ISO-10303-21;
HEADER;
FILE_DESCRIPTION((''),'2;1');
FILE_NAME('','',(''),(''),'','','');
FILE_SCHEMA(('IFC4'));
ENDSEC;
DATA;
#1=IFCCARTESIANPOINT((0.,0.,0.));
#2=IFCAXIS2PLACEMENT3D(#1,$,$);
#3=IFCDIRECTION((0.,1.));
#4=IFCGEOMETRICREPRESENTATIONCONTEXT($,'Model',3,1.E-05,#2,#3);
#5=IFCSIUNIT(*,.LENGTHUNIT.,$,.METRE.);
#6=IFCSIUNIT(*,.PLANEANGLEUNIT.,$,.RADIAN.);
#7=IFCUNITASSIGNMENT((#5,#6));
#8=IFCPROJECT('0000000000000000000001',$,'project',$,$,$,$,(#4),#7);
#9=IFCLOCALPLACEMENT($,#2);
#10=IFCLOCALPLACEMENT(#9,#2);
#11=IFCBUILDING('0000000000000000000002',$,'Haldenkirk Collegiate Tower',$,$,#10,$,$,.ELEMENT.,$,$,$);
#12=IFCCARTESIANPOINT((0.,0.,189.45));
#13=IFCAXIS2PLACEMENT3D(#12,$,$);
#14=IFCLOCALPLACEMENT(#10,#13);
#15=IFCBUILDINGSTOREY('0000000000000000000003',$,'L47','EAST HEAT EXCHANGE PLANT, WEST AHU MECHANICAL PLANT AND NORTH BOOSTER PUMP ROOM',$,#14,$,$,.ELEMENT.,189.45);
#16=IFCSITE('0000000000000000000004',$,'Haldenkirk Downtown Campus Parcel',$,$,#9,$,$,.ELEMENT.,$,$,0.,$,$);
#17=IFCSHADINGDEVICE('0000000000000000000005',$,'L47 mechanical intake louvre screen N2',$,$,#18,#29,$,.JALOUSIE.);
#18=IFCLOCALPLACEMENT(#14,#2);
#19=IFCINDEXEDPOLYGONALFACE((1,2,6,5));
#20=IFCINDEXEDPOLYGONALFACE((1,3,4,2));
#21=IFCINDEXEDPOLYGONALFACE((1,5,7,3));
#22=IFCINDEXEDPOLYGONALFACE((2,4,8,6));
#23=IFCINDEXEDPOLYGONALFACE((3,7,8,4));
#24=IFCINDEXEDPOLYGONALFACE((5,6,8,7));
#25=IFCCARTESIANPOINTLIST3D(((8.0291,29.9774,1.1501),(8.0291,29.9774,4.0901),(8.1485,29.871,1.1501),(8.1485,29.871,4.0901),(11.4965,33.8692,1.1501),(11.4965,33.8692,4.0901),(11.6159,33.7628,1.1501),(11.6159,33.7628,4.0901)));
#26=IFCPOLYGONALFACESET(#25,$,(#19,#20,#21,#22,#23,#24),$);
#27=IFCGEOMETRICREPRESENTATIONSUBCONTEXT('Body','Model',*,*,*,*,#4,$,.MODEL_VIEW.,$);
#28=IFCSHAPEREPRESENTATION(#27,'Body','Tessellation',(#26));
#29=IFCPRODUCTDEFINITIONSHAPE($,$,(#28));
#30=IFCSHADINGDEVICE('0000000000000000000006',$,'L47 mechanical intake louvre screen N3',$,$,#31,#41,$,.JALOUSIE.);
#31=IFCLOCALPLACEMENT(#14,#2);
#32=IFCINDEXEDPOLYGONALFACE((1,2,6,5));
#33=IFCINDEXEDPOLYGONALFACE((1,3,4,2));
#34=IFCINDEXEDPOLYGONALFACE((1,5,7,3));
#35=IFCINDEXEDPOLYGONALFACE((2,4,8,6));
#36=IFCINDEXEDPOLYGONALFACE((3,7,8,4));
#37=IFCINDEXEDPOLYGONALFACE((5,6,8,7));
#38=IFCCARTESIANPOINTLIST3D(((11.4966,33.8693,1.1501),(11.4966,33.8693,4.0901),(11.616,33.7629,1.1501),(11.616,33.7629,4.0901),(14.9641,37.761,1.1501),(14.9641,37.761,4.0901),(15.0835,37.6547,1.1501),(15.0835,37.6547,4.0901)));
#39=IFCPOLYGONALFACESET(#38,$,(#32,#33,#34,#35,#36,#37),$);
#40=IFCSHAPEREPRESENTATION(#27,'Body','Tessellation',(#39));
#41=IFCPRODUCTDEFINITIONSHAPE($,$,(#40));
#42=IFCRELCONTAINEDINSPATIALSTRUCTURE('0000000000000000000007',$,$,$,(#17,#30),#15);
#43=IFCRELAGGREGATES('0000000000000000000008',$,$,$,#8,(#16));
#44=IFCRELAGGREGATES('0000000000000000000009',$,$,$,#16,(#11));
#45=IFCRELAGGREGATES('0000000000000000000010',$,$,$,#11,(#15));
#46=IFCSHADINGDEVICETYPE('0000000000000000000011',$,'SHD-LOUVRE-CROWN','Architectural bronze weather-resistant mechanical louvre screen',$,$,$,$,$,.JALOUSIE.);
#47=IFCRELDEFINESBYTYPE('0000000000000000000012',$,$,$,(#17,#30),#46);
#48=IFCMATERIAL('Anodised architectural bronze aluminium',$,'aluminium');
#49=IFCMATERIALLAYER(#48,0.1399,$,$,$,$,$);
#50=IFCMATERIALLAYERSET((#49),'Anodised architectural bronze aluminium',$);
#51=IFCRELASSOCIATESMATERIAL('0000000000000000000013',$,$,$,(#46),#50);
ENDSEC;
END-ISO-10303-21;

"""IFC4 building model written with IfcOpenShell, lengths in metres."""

from ifc_helpers import new_model, si_unit, direction, frame, origin, origin_2d, place, context, subcontext, project, spatial, rectangle, extrude, source, transform, mapped, material, layer, layer_set, type_object, element, save


model = new_model("IFC4")

# Units and contexts
model_context = context("Model", 3, precision=1e-05, world=origin(), true_north=direction((0.0, 1.0)))
body_context = subcontext(model_context, "Body", "Model", "MODEL_VIEW")
ifc_project = project(units=[si_unit("LENGTHUNIT", "METRE"), si_unit("PLANEANGLEUNIT", "RADIAN")], contexts=[model_context])

# Site, building, storey
site_placement = place(None, origin())
site = spatial("IfcSite", under=ifc_project, at=site_placement, Name="Haldenkirk Downtown Campus Parcel", CompositionType="ELEMENT", RefElevation=0.0)
building_placement = place(site_placement, origin())
building = spatial("IfcBuilding", under=site, at=building_placement, Name="Haldenkirk Collegiate Tower", CompositionType="ELEMENT")
storey_placement = place(building_placement, frame((0.0, 0.0, 189.45)))
storey = spatial("IfcBuildingStorey", under=building, at=storey_placement, Name="L47", Description="EAST HEAT EXCHANGE PLANT, WEST AHU MECHANICAL PLANT AND NORTH BOOSTER PUMP ROOM", CompositionType="ELEMENT", Elevation=189.45)

# Shading devices
ifc_material_1 = material(Name="Anodised architectural bronze aluminium", Category="aluminium")
ifc_layer_1 = layer(ifc_material_1, 0.1399)
ifc_layer_set_1 = layer_set([ifc_layer_1], Name="Anodised architectural bronze aluminium")
shading_device_type = type_object("IfcShadingDeviceType", Name="SHD-LOUVRE-CROWN", Description="Architectural bronze weather-resistant mechanical louvre screen", PredefinedType="JALOUSIE", material=ifc_layer_set_1)
shared_shape_1 = source(origin(), body_context, "Body", "SweptSolid", [
    extrude(rectangle(XDim=5.2124, YDim=0.1599, at=origin_2d()), origin(), (0.0, 0.0, 1.0), 2.9399),
])
for number, where, z_axis, x_axis, name in (
    (1, (9.8225, 31.8701, 1.1501), (0.0, 0.0, 1.0), (0.66523, 0.746638, 0.0), "L47 mechanical intake louvre screen N2"),
    (2, (13.29, 35.762, 1.1501), (0.0, 0.0, 1.0), (0.66523, 0.746638, 0.0), "L47 mechanical intake louvre screen N3"),
):
    element("IfcShadingDevice", number, at=place(storey_placement, frame(where, z_axis=z_axis, x_axis=x_axis)), inside=storey, type_object=shading_device_type, Name=name, PredefinedType="JALOUSIE", context=body_context, shape_type="MappedRepresentation", body=[
        mapped(shared_shape_1, transform((0.0, 0.0, 0.0), x_axis=(1.0, 0.0, 0.0), y_axis=(0.0, 1.0, 0.0), z_axis=(0.0, 0.0, 1.0), scale=1.0)),
    ])

save(model, "model.ifc")
